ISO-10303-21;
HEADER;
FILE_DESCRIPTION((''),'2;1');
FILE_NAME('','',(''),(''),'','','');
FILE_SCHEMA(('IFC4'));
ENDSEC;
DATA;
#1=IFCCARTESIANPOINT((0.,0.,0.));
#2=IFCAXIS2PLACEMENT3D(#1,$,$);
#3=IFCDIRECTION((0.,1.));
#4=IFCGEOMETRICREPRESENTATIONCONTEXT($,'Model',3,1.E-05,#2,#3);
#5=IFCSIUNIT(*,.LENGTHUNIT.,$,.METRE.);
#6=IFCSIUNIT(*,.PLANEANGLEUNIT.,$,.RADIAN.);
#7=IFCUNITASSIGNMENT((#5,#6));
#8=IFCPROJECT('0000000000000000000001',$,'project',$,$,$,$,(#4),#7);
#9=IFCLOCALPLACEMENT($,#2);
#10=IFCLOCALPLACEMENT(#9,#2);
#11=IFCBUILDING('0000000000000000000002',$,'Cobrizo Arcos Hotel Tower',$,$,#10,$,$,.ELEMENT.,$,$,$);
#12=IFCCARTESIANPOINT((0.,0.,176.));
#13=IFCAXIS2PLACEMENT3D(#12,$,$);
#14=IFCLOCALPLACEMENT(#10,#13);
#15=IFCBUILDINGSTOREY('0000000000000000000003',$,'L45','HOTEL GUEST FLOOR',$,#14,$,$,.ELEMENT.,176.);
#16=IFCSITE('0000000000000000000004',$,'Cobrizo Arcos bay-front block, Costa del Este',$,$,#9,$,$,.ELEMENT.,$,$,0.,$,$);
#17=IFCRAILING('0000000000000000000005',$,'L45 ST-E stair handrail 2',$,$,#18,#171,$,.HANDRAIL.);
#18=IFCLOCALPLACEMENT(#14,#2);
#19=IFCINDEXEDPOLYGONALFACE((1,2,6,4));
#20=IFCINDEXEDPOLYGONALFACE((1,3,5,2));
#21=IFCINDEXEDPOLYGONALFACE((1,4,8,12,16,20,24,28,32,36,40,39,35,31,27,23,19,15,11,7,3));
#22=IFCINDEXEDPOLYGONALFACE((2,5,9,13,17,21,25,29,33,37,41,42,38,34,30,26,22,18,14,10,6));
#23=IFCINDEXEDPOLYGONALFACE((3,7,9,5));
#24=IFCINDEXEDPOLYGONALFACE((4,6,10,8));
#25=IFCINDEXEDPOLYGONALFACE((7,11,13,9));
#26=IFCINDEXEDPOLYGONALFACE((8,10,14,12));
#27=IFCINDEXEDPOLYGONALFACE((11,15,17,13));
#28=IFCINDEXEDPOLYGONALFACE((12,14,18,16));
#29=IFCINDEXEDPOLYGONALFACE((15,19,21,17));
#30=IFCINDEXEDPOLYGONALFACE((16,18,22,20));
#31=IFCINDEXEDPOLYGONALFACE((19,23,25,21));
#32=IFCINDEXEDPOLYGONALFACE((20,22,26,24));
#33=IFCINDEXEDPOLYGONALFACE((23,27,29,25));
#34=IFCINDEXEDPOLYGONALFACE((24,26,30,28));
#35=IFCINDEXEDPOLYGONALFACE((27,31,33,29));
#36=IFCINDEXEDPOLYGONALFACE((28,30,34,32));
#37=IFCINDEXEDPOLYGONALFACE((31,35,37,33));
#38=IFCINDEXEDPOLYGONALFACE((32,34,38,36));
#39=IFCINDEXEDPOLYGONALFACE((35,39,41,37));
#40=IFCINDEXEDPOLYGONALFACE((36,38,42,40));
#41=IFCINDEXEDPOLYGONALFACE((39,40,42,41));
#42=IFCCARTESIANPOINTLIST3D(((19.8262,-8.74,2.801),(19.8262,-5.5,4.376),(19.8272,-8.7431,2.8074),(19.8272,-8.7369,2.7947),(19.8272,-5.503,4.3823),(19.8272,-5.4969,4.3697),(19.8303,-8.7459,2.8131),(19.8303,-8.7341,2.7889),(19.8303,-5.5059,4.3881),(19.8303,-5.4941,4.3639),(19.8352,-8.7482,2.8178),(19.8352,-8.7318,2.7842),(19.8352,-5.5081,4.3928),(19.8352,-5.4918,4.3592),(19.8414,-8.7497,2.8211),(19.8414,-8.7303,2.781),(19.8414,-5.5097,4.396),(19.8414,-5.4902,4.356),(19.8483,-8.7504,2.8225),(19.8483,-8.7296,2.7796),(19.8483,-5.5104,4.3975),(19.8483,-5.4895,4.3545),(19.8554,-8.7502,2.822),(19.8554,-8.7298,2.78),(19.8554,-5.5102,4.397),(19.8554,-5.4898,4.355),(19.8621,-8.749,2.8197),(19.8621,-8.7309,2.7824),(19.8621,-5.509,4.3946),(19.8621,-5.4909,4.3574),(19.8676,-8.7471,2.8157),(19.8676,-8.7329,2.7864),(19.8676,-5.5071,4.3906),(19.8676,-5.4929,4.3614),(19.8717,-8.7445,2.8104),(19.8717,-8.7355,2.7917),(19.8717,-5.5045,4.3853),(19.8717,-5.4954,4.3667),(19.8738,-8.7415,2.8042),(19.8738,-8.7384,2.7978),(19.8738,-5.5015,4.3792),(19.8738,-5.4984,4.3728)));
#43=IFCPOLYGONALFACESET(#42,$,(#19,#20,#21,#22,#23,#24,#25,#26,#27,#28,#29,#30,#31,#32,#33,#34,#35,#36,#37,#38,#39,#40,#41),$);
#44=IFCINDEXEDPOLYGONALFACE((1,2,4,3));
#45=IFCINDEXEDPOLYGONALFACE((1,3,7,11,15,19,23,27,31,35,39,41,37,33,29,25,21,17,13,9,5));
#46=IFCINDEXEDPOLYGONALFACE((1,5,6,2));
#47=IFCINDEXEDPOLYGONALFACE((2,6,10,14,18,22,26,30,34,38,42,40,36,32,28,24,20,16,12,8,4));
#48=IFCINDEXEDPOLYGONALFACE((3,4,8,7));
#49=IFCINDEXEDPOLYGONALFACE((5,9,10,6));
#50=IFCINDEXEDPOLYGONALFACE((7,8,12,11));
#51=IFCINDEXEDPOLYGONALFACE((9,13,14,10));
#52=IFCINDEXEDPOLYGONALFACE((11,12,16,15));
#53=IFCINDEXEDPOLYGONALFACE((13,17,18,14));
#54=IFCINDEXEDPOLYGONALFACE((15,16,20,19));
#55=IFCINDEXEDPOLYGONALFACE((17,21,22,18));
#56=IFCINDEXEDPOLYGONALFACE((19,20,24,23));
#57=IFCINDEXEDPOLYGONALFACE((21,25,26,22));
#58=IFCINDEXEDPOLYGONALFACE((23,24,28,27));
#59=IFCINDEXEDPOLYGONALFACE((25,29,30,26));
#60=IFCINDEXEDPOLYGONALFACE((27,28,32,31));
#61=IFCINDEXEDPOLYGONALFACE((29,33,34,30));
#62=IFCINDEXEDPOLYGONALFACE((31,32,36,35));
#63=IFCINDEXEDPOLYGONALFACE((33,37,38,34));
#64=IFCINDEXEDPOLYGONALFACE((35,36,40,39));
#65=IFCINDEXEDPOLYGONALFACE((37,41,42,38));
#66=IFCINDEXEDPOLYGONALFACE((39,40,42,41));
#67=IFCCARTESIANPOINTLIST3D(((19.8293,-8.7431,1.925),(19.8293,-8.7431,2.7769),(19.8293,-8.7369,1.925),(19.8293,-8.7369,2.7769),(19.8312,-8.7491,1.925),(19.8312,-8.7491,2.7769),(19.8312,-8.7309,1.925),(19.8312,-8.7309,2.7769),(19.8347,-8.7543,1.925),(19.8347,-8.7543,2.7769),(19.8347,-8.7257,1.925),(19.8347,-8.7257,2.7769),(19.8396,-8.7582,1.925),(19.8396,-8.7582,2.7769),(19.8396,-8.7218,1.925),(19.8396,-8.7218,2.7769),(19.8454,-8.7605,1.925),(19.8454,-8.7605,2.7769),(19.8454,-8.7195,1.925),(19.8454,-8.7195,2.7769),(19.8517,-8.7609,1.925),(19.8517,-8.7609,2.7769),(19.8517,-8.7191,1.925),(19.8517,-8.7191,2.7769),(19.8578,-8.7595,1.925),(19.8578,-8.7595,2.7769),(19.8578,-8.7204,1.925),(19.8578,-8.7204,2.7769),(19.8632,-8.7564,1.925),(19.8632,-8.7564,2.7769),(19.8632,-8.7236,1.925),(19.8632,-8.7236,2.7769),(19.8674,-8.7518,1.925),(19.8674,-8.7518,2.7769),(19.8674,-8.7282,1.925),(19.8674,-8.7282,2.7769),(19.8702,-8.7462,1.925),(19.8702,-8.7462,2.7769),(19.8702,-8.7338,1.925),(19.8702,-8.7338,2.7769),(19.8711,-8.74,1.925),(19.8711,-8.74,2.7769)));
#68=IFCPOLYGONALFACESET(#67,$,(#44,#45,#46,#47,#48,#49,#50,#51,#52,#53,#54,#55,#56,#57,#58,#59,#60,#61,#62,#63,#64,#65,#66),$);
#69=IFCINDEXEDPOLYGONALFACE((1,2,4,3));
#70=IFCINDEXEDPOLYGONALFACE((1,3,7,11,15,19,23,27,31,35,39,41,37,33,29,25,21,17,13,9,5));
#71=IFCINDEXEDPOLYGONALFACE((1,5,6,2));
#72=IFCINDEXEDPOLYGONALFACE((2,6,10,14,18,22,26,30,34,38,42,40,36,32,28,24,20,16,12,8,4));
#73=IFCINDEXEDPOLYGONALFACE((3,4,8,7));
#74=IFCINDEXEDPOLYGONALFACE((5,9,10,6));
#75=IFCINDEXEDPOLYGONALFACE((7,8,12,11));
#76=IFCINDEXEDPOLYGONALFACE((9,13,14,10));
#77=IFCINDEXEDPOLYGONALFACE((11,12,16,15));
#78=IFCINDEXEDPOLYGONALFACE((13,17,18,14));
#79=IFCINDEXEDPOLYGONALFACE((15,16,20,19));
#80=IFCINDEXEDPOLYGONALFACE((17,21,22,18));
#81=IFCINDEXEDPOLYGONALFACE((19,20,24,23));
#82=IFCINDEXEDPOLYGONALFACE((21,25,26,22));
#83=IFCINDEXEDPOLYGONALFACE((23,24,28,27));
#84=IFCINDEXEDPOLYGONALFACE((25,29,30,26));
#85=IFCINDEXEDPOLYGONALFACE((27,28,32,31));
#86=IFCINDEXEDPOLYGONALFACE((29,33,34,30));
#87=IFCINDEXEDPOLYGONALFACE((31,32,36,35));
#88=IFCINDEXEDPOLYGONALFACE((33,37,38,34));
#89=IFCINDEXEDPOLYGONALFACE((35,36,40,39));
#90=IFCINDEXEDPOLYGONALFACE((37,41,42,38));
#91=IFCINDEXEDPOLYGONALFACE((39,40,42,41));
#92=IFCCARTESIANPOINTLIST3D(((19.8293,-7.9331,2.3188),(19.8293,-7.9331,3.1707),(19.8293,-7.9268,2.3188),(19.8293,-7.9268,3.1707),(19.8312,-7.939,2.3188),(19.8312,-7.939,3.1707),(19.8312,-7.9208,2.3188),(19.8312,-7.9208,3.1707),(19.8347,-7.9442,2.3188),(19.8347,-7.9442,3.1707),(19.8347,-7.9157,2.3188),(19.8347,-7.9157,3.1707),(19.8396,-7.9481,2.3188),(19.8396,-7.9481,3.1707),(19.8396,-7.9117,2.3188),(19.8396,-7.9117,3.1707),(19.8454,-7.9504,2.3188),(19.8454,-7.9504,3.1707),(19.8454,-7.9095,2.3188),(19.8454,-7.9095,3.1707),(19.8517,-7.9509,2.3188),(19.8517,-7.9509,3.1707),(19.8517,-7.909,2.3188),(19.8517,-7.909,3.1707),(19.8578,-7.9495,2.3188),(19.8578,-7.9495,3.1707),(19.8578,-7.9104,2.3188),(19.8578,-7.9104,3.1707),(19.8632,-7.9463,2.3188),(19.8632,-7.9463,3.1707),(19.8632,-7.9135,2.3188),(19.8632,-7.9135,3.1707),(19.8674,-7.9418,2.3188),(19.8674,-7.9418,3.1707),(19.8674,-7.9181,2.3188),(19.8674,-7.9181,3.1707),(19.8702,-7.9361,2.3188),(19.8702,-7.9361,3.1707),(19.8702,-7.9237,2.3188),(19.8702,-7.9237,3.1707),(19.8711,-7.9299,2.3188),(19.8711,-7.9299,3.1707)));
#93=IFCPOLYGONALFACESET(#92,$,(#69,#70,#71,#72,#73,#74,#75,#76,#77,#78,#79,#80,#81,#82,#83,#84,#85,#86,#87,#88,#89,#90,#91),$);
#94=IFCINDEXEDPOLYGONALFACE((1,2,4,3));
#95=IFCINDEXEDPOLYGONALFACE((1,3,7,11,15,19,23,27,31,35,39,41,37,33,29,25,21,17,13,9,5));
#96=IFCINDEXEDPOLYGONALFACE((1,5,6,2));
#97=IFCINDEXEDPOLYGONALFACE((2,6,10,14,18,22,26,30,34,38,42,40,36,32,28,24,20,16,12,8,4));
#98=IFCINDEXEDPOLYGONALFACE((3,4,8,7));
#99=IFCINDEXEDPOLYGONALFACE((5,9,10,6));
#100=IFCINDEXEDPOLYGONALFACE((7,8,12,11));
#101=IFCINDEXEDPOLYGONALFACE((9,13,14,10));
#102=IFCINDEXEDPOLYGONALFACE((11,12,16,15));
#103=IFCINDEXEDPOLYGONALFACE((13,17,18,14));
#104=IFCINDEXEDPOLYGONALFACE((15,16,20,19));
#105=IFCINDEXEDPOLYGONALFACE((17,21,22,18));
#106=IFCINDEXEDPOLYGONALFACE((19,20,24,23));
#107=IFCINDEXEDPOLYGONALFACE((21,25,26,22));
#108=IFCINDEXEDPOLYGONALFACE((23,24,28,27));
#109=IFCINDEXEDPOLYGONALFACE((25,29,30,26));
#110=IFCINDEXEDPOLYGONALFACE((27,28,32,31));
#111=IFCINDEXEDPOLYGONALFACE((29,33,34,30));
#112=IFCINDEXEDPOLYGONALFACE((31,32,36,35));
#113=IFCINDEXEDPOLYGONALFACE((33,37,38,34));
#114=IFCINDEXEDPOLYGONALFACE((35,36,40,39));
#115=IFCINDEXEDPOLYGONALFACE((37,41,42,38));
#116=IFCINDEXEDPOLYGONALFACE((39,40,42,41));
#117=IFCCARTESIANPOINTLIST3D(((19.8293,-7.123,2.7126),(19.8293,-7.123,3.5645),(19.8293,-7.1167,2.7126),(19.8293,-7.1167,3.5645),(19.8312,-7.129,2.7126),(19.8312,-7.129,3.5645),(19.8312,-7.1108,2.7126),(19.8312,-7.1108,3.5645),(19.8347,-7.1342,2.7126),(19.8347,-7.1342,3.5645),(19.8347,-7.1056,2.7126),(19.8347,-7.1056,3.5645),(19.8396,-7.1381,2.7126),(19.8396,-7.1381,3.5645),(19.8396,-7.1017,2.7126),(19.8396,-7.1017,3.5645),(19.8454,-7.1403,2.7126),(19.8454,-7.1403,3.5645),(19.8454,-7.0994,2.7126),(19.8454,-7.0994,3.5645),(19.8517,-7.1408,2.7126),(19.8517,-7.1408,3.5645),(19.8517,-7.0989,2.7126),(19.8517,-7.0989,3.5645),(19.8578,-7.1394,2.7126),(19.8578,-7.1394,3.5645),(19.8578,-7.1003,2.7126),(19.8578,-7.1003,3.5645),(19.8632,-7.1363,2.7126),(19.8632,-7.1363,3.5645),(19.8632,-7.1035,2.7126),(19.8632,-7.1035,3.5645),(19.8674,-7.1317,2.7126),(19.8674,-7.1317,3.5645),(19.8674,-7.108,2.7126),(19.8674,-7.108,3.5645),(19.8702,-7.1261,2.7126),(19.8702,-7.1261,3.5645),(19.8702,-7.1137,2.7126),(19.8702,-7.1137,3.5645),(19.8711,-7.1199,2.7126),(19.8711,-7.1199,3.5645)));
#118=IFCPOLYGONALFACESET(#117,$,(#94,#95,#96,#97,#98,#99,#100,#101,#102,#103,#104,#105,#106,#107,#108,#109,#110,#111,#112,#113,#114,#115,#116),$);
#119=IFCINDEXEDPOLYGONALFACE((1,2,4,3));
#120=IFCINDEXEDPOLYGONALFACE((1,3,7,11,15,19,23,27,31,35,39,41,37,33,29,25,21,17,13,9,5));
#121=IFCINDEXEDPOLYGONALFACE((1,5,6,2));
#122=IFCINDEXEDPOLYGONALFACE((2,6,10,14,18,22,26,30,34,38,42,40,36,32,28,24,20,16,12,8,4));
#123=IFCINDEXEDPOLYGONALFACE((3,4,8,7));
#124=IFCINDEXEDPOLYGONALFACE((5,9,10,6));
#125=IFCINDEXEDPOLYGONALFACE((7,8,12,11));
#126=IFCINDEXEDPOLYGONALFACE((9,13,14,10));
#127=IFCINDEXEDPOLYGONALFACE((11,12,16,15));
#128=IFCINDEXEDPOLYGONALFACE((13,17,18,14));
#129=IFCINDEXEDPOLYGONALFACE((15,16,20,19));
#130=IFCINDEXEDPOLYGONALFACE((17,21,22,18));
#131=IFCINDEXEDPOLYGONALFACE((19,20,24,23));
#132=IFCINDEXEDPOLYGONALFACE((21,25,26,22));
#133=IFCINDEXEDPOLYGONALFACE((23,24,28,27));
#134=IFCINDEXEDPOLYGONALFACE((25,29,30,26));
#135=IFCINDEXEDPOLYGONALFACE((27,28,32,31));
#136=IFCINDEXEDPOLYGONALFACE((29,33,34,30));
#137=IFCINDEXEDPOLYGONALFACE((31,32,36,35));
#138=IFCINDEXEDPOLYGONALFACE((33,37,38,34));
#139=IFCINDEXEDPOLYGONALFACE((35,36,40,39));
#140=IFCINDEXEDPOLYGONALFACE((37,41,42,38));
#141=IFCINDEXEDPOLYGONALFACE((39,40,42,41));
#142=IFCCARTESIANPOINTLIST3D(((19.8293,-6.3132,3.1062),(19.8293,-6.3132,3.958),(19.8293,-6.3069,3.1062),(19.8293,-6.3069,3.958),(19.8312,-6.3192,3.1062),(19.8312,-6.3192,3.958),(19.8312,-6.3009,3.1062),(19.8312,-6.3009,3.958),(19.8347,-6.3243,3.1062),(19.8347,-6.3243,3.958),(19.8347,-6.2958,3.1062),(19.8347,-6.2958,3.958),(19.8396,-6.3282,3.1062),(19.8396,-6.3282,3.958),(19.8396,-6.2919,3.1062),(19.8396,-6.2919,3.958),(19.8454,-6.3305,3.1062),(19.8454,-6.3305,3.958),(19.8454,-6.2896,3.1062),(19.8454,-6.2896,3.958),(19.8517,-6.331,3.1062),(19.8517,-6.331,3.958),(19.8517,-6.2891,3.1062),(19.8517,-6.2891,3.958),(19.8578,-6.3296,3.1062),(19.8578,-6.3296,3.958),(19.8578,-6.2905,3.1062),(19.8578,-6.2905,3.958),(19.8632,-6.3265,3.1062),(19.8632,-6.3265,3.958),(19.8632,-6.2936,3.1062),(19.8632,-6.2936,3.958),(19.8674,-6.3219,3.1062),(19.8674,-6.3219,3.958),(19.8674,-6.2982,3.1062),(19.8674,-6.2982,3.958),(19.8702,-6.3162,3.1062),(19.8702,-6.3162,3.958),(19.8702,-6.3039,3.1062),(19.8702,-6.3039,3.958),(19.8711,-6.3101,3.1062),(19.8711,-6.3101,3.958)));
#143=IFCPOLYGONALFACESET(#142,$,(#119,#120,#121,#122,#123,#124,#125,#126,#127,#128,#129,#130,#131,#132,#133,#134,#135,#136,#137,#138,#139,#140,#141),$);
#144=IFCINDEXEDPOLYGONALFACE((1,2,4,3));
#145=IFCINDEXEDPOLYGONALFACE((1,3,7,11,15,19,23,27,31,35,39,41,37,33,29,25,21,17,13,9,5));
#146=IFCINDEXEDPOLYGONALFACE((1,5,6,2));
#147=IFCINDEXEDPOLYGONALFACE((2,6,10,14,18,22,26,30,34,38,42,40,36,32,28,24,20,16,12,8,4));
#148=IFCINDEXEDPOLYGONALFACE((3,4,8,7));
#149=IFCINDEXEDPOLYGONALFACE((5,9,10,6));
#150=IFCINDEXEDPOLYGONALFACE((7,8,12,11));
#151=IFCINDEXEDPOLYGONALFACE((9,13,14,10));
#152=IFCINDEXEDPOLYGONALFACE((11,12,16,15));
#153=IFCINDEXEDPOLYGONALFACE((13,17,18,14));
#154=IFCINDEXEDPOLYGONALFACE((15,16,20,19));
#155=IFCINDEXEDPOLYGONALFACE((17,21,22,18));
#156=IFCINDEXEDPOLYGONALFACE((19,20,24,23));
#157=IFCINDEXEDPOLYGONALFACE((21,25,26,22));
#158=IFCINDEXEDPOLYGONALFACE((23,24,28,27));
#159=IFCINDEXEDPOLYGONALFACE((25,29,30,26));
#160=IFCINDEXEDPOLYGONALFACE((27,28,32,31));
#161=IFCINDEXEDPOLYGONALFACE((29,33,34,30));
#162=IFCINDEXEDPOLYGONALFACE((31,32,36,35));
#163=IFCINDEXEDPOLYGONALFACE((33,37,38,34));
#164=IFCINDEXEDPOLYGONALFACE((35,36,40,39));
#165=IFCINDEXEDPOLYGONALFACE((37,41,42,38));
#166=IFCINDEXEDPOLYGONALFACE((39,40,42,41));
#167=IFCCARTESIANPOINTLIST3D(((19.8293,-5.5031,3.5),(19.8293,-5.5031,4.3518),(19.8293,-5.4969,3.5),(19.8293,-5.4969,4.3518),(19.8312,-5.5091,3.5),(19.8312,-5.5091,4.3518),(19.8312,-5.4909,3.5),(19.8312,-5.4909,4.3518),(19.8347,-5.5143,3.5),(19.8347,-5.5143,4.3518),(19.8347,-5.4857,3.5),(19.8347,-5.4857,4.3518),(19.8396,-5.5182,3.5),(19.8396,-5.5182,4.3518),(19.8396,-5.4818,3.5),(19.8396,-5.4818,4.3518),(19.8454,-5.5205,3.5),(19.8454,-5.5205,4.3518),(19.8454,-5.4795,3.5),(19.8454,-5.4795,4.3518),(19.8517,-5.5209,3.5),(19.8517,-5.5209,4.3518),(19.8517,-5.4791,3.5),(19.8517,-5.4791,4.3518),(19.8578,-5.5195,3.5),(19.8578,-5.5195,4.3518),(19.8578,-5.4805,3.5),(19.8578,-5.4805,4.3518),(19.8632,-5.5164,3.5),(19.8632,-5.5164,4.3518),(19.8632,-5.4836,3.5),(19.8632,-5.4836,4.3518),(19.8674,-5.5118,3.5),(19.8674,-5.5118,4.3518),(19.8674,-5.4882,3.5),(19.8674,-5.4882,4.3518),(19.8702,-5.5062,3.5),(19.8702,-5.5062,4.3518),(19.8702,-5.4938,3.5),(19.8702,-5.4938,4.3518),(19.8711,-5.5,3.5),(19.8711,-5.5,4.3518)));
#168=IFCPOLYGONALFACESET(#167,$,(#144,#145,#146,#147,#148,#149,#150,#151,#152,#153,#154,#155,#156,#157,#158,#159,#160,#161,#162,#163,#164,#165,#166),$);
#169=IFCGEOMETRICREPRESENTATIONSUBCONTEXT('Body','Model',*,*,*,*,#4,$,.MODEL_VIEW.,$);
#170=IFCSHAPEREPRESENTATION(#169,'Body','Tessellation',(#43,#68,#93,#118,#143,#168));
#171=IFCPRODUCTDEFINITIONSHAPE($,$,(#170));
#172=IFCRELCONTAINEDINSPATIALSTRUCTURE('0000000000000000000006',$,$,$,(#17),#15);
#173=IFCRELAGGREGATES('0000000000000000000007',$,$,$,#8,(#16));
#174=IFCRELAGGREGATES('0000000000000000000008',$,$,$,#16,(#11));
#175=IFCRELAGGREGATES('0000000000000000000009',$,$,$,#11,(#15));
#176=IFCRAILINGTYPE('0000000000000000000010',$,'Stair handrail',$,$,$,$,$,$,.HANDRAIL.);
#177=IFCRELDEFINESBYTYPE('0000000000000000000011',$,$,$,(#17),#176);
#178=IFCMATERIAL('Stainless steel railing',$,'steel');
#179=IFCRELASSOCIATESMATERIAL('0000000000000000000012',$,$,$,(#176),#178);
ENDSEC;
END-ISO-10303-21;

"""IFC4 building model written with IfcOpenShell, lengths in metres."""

from ifc_helpers import new_model, si_unit, direction, frame, origin, origin_2d, place, context, subcontext, project, spatial, circle, extrude, material, type_object, element, save


model = new_model("IFC4")

# Units and contexts
model_context = context("Model", 3, precision=1e-05, world=origin(), true_north=direction((0.0, 1.0)))
body_context = subcontext(model_context, "Body", "Model", "MODEL_VIEW")
ifc_project = project(units=[si_unit("LENGTHUNIT", "METRE"), si_unit("PLANEANGLEUNIT", "RADIAN")], contexts=[model_context])

# Site, building, storey
site_placement = place(None, origin())
site = spatial("IfcSite", under=ifc_project, at=site_placement, Name="Cobrizo Arcos bay-front block, Costa del Este", CompositionType="ELEMENT", RefElevation=0.0)
building_placement = place(site_placement, origin())
building = spatial("IfcBuilding", under=site, at=building_placement, Name="Cobrizo Arcos Hotel Tower", CompositionType="ELEMENT")
storey_placement = place(building_placement, frame((0.0, 0.0, 176.0)))
storey = spatial("IfcBuildingStorey", under=building, at=storey_placement, Name="L45", Description="HOTEL GUEST FLOOR", CompositionType="ELEMENT", Elevation=176.0)

# Railing
ifc_material_1 = material(Name="Stainless steel railing", Category="steel")
railing_type_1 = type_object("IfcRailingType", Name="Stair handrail", PredefinedType="HANDRAIL", material=ifc_material_1)
railing_1_placement = place(storey_placement, frame((19.8501, -8.74, 1.925)))
element("IfcRailing", 1, at=railing_1_placement, inside=storey, type_object=railing_type_1, Name="L45 ST-E stair handrail 2", PredefinedType="HANDRAIL", context=body_context, shape_type="SweptSolid", body=[
    extrude(circle(Radius=0.0239, at=origin_2d()), frame((0.0, 0.0, 0.876), z_axis=(0.0, 0.899373, 0.437183), x_axis=(-1.0, 0.0, 0.0)), (0.0, 0.0, 1.0), 3.6025),
    extrude(circle(Radius=0.021, at=origin_2d()), origin(), (0.0, 0.0, 1.0), 0.8518),
    extrude(circle(Radius=0.021, at=origin_2d()), frame((0.0, 0.8101, 0.3938)), (0.0, 0.0, 1.0), 0.8518),
    extrude(circle(Radius=0.021, at=origin_2d()), frame((0.0, 1.6201, 0.7876)), (0.0, 0.0, 1.0), 0.8518),
    extrude(circle(Radius=0.021, at=origin_2d()), frame((0.0, 2.4299, 1.1812)), (0.0, 0.0, 1.0), 0.8518),
    extrude(circle(Radius=0.021, at=origin_2d()), frame((0.0, 3.24, 1.575)), (0.0, 0.0, 1.0), 0.8518),
])

save(model, "model.ifc")
